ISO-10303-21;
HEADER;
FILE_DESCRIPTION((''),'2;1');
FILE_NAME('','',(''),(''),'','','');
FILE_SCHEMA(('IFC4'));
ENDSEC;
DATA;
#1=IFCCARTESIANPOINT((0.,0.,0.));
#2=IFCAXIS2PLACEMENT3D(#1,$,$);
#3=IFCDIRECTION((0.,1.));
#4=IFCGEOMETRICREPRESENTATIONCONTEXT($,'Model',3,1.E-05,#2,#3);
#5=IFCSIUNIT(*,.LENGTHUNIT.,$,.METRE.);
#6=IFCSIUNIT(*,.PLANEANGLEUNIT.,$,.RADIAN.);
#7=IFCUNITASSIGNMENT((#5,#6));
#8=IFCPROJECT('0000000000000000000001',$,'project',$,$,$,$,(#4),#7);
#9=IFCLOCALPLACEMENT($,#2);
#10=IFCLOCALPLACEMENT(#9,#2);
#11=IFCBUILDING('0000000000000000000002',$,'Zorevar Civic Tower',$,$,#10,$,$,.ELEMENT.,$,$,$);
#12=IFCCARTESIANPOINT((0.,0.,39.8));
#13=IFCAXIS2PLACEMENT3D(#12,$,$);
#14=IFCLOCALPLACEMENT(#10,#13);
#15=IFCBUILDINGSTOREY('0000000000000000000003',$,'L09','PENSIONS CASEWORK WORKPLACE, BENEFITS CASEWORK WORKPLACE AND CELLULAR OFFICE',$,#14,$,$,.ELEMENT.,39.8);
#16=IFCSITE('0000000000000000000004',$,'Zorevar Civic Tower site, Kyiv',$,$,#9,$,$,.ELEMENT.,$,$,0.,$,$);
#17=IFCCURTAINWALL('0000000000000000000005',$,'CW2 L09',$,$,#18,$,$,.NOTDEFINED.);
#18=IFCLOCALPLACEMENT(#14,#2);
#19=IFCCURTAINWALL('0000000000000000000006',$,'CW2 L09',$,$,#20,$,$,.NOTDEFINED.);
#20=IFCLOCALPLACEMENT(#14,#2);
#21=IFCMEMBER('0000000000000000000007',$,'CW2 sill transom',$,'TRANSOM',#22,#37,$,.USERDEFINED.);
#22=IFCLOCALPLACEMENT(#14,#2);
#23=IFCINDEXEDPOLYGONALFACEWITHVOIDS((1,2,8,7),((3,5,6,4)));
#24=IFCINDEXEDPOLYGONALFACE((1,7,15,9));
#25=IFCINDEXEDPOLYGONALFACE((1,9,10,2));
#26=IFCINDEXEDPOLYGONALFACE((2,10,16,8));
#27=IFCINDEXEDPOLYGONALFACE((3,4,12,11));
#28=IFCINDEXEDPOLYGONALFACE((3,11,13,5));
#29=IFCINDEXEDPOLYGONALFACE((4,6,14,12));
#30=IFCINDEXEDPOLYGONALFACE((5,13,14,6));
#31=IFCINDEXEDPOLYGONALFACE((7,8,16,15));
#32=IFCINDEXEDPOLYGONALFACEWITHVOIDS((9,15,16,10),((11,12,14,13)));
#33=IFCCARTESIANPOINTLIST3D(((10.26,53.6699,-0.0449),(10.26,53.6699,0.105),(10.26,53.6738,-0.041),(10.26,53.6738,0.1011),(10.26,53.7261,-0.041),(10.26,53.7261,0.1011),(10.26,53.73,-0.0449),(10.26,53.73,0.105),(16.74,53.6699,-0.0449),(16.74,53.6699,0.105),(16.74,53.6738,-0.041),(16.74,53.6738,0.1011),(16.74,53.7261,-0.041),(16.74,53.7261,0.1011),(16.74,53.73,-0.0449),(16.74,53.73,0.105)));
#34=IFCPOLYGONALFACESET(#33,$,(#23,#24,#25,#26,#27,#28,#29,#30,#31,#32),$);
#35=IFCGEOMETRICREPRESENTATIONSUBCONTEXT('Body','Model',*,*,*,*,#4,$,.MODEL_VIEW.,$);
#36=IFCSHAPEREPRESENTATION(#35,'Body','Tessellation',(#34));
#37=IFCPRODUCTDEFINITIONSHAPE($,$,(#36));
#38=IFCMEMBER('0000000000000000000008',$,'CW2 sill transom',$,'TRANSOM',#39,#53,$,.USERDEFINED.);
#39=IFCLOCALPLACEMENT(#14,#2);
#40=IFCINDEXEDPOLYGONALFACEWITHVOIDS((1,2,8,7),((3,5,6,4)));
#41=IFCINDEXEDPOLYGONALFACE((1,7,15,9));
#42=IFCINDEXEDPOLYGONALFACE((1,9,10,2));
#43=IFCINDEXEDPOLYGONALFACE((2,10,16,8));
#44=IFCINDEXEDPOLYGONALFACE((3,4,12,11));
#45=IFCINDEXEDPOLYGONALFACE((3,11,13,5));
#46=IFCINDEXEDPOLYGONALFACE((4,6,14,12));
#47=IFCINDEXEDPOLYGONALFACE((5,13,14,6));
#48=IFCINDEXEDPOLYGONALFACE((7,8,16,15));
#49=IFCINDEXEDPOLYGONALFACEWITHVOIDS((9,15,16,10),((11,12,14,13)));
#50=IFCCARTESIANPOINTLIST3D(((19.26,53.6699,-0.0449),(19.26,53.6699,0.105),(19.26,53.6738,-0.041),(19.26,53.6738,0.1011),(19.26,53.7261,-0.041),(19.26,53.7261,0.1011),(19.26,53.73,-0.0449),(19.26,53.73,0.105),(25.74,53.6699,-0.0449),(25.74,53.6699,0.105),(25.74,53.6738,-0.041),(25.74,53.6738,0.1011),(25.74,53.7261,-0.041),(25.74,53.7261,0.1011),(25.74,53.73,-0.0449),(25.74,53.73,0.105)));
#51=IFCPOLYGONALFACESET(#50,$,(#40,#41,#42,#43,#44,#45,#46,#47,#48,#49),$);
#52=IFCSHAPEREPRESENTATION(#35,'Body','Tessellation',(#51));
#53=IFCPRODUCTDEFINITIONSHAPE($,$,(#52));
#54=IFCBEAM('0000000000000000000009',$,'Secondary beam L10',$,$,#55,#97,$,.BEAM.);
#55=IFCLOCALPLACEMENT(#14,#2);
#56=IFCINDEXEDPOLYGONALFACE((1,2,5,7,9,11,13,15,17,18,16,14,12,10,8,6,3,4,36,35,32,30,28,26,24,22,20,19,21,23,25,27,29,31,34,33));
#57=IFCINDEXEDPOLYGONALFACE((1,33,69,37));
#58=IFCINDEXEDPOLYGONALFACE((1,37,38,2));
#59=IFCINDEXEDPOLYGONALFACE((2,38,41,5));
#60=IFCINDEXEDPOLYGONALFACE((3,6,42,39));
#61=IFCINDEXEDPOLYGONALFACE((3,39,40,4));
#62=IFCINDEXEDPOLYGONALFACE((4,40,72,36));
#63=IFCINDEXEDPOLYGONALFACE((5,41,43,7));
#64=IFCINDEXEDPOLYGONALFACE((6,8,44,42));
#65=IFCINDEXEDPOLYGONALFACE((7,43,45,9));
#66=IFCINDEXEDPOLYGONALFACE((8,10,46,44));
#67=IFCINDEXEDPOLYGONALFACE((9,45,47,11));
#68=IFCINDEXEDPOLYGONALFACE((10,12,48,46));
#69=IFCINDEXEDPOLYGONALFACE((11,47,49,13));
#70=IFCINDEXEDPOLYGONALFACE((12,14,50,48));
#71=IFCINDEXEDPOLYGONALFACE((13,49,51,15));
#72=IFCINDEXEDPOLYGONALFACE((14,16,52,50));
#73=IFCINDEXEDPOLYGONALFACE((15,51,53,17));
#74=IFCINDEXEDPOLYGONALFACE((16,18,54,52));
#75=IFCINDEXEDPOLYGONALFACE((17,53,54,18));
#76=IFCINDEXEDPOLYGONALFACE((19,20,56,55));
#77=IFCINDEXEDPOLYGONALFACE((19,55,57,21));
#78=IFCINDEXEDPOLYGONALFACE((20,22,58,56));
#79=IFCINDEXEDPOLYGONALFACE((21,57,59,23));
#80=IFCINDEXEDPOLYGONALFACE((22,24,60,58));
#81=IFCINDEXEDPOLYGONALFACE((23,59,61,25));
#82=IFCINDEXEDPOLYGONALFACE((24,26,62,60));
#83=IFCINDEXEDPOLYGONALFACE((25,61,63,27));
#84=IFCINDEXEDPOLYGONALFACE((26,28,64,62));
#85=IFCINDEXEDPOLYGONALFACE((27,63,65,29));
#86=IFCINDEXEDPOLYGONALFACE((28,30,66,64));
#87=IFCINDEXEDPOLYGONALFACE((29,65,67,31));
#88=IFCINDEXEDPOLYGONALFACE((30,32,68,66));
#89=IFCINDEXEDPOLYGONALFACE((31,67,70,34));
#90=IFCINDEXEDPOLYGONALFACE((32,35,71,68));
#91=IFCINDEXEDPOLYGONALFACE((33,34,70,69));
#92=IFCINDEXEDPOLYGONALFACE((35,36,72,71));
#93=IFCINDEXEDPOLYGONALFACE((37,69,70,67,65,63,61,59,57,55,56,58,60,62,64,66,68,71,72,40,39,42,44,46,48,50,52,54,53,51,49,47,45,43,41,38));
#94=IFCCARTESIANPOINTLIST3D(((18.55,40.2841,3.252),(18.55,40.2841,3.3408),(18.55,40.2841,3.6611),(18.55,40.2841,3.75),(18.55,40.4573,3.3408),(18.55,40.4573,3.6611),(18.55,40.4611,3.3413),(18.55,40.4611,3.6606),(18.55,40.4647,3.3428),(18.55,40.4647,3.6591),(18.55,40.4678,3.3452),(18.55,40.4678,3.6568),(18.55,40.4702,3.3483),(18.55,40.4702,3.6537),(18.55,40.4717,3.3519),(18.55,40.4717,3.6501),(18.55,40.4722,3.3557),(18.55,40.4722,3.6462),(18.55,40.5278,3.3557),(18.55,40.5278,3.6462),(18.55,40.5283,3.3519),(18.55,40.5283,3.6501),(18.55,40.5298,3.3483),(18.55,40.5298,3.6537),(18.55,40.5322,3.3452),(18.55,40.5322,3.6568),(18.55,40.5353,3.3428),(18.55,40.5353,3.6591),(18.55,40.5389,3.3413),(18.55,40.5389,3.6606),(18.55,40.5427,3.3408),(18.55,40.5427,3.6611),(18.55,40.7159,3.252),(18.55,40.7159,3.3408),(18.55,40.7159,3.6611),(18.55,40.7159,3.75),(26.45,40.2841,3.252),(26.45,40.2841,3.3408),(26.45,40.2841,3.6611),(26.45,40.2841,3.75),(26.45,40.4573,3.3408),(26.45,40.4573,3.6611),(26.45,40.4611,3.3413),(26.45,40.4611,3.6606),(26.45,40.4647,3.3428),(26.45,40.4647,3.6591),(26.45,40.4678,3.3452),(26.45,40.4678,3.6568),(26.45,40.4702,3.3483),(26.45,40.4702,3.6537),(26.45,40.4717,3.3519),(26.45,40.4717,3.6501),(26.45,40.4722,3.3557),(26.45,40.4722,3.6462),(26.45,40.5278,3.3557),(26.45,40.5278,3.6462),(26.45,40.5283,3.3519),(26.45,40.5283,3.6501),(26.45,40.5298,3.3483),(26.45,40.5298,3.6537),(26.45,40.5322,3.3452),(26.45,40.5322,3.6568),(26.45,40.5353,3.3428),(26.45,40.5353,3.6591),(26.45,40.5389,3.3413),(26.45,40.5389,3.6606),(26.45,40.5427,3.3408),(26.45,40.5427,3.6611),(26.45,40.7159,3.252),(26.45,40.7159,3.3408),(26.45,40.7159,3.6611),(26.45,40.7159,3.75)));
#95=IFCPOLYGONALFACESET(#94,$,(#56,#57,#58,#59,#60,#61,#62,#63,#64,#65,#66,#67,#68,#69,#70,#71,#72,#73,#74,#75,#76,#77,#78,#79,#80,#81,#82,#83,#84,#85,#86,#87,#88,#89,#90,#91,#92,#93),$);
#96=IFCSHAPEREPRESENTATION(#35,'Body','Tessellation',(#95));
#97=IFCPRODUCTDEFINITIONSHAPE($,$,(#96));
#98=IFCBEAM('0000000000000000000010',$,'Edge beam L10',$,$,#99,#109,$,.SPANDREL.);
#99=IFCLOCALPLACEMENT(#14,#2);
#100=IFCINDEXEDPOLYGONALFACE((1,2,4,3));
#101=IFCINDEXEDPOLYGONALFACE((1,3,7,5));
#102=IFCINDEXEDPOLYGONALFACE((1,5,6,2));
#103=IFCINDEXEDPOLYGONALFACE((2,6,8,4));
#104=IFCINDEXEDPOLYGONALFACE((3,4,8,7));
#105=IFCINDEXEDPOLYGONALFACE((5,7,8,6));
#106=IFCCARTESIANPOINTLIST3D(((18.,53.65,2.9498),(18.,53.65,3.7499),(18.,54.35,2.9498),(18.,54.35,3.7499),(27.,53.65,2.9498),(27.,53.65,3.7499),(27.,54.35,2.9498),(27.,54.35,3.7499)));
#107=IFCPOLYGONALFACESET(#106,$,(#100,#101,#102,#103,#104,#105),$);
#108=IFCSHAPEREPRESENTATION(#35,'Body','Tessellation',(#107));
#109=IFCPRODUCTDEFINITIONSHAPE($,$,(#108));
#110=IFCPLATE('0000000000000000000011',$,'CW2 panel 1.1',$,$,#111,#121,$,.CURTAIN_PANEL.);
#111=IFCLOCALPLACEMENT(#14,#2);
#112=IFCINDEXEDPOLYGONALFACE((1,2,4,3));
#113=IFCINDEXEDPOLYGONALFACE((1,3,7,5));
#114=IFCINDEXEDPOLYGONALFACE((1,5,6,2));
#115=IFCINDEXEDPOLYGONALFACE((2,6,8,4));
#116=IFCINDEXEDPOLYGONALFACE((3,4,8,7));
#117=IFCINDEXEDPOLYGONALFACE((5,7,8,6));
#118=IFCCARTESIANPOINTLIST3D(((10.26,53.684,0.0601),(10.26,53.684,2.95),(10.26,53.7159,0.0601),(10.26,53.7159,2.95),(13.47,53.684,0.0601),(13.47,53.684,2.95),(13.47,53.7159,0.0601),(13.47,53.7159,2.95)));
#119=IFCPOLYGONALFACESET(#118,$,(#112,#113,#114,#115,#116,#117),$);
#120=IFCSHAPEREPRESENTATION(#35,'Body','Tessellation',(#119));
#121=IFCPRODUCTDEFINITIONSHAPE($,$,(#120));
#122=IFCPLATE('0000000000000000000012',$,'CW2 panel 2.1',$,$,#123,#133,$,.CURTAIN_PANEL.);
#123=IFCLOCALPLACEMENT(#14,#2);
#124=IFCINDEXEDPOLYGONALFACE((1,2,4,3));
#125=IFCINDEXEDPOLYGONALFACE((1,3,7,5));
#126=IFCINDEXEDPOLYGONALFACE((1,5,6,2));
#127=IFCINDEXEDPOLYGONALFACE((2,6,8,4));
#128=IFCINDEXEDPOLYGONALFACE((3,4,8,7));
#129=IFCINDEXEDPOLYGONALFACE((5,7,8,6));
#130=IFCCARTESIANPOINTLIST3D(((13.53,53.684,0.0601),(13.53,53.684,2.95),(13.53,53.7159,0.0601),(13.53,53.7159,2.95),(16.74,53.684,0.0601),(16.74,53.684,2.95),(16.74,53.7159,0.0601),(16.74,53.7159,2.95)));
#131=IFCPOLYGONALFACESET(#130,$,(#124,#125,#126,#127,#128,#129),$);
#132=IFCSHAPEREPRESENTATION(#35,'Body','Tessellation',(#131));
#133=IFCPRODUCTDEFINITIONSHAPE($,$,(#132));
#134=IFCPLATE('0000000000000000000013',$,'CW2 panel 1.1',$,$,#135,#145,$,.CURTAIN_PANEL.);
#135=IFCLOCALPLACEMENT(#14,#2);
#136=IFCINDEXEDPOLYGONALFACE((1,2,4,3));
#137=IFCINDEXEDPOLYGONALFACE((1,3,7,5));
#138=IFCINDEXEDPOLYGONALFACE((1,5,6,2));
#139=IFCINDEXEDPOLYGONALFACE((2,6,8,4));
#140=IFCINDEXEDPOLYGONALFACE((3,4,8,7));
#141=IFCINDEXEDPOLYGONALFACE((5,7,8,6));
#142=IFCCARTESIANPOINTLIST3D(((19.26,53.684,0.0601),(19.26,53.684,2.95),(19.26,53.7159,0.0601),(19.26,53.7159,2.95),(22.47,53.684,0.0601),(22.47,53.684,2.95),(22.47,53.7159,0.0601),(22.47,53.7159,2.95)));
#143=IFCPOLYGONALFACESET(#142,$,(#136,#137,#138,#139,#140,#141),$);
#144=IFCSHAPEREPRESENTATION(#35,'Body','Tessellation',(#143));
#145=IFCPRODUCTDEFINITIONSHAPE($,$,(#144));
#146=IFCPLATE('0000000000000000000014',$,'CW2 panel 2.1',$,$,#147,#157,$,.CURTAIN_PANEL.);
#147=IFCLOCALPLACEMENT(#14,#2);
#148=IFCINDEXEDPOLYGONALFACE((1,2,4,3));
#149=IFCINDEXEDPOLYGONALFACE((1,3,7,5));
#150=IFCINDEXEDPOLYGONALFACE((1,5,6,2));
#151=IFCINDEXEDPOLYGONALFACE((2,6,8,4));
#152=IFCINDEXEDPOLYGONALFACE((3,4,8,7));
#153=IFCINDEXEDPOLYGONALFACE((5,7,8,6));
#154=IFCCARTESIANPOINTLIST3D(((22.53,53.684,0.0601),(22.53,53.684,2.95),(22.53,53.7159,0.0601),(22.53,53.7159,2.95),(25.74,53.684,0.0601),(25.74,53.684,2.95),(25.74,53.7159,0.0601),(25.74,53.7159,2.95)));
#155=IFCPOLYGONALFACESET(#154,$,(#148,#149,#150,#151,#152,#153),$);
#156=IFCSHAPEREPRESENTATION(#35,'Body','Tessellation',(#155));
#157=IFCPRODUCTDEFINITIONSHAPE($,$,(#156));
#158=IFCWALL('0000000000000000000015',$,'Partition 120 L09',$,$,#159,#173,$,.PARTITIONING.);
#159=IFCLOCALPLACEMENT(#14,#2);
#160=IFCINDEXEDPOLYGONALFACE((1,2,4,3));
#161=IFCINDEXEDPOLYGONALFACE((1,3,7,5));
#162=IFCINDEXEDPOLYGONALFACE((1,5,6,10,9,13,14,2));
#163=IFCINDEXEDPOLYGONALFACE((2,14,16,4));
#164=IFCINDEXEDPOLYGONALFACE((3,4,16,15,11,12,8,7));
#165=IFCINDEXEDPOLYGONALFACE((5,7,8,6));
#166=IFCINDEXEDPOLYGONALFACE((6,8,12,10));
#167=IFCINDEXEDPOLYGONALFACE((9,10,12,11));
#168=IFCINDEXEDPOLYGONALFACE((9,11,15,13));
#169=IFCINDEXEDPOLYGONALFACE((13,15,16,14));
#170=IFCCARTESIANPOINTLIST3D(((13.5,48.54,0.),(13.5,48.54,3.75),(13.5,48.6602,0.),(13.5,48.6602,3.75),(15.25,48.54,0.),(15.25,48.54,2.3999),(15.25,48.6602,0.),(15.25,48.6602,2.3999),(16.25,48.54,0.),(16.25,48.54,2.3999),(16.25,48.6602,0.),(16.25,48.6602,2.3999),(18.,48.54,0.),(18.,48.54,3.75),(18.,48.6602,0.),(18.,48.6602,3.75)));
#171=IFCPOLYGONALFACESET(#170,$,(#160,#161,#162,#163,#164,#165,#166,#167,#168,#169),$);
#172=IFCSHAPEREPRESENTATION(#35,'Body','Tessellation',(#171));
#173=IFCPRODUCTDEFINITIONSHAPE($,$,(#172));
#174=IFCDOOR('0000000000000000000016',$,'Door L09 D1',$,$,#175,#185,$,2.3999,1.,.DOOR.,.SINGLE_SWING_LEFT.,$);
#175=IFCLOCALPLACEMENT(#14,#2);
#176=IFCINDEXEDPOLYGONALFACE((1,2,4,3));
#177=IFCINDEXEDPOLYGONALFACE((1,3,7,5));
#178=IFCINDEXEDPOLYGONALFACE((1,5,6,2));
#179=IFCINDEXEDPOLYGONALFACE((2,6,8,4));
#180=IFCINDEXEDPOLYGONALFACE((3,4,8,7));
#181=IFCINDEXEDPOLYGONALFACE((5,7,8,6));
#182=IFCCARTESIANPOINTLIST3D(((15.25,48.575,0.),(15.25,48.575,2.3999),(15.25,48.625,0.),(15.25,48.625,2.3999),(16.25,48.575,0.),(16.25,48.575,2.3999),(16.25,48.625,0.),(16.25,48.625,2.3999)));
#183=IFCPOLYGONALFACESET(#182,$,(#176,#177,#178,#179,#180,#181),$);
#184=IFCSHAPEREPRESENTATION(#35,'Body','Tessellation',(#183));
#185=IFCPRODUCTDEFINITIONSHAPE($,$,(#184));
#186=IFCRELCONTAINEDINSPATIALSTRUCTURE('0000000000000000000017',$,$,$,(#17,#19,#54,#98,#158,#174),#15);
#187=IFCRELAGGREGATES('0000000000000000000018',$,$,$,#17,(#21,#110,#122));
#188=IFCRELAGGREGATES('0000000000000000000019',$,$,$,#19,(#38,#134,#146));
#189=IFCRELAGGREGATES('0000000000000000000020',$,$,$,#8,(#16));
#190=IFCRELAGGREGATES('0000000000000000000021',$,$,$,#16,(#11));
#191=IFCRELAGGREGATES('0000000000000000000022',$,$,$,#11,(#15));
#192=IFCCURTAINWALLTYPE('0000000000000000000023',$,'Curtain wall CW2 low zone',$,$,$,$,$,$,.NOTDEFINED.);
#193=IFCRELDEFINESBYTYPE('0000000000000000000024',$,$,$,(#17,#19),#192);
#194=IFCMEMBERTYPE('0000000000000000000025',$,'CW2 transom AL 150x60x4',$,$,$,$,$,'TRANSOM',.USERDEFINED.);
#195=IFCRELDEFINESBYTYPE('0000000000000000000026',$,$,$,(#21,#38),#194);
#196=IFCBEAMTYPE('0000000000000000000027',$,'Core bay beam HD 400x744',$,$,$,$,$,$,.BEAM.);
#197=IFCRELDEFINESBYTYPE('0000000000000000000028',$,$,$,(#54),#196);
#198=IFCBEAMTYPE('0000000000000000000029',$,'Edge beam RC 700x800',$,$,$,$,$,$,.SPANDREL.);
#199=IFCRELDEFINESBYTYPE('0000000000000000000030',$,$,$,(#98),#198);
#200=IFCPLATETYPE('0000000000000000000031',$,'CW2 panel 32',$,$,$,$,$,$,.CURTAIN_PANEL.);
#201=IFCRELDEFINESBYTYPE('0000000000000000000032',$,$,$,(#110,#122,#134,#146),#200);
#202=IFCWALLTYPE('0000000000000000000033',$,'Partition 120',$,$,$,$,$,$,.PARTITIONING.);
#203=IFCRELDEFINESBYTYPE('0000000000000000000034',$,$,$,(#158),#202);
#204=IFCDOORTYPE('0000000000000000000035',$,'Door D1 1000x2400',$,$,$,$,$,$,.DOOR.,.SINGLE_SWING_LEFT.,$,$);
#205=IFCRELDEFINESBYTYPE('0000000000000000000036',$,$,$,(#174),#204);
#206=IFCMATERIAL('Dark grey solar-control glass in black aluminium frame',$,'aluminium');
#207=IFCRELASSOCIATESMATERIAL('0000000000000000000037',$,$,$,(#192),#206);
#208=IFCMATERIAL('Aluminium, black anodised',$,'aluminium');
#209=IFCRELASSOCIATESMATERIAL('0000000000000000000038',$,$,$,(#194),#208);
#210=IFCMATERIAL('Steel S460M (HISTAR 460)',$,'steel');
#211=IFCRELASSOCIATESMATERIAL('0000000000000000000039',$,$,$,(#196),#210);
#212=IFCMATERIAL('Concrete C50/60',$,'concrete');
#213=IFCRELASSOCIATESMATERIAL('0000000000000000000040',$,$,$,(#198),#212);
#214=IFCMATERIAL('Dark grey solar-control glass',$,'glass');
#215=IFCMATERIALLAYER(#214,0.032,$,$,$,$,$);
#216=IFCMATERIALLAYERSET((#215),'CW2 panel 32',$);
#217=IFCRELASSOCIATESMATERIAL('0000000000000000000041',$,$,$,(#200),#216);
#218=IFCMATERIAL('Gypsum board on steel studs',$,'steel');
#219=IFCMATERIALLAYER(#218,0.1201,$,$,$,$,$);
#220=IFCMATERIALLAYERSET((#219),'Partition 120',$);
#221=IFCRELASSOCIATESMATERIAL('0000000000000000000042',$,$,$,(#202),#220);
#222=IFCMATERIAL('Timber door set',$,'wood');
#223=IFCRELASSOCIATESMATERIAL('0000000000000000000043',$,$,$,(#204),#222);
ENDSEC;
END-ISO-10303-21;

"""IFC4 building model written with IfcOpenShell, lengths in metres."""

from ifc_helpers import new_model, si_unit, direction, frame, frame_2d, origin, origin_2d, place, context, subcontext, project, spatial, rectangle, hollow_rectangle, i_section, extrude, material, layer, layer_set, material_profile, profile_set, type_object, element, fill, aggregate, save


model = new_model("IFC4")

# Units and contexts
model_context = context("Model", 3, precision=1e-05, world=origin(), true_north=direction((0.0, 1.0)))
body_context = subcontext(model_context, "Body", "Model", "MODEL_VIEW")
ifc_project = project(units=[si_unit("LENGTHUNIT", "METRE"), si_unit("PLANEANGLEUNIT", "RADIAN")], contexts=[model_context])

# Site, building, storey
site_placement = place(None, origin())
site = spatial("IfcSite", under=ifc_project, at=site_placement, Name="Zorevar Civic Tower site, Kyiv", CompositionType="ELEMENT", RefElevation=0.0)
building_placement = place(site_placement, origin())
building = spatial("IfcBuilding", under=site, at=building_placement, Name="Zorevar Civic Tower", CompositionType="ELEMENT")
storey_placement = place(building_placement, frame((0.0, 0.0, 39.8)))
storey = spatial("IfcBuildingStorey", under=building, at=storey_placement, Name="L09", Description="PENSIONS CASEWORK WORKPLACE, BENEFITS CASEWORK WORKPLACE AND CELLULAR OFFICE", CompositionType="ELEMENT", Elevation=39.8)

# Curtain walls
ifc_material_1 = material(Name="Dark grey solar-control glass in black aluminium frame", Category="aluminium")
curtain_wall_type = type_object("IfcCurtainWallType", Name="Curtain wall CW2 low zone", PredefinedType="NOTDEFINED", material=ifc_material_1)
curtain_wall_1_placement = place(storey_placement, origin())
curtain_wall_1 = element("IfcCurtainWall", 1, at=curtain_wall_1_placement, inside=storey, type_object=curtain_wall_type, Name="CW2 L09", PredefinedType="NOTDEFINED")
curtain_wall_2_placement = place(storey_placement, origin())
curtain_wall_2 = element("IfcCurtainWall", 2, at=curtain_wall_2_placement, inside=storey, type_object=curtain_wall_type, Name="CW2 L09", PredefinedType="NOTDEFINED")

# Members
ifc_material_2 = material(Name="Aluminium, black anodised", Category="aluminium")
ifc_material_profile_1 = material_profile(ifc_material_2, hollow_rectangle(XDim=0.0601, YDim=0.1499, WallThickness=0.0039, at=origin_2d()), Name="AL 150x60x4")
ifc_profile_set_1 = profile_set([ifc_material_profile_1], Name="Aluminium, black anodised")
member_type_1 = type_object("IfcMemberType", Name="CW2 transom AL 150x60x4", ElementType="TRANSOM", PredefinedType="USERDEFINED", material=ifc_profile_set_1)
member_1_placement = place(storey_placement, frame((10.26, 53.7, 0.03), z_axis=(1.0, 0.0, 0.0), x_axis=(0.0, 1.0, 0.0)))
member_1 = element("IfcMember", 3, at=member_1_placement, type_object=member_type_1, Name="CW2 sill transom", ObjectType="TRANSOM", PredefinedType="USERDEFINED", context=body_context, shape_type="SweptSolid", body=[
    extrude(hollow_rectangle(XDim=0.0601, YDim=0.1499, WallThickness=0.0039, at=origin_2d()), origin(), (0.0, 0.0, 1.0), 6.48),
])
member_2_placement = place(storey_placement, frame((19.26, 53.7, 0.03), z_axis=(1.0, 0.0, 0.0), x_axis=(0.0, 1.0, 0.0)))
member_2 = element("IfcMember", 4, at=member_2_placement, type_object=member_type_1, Name="CW2 sill transom", ObjectType="TRANSOM", PredefinedType="USERDEFINED", context=body_context, shape_type="SweptSolid", body=[
    extrude(hollow_rectangle(XDim=0.0601, YDim=0.1499, WallThickness=0.0039, at=origin_2d()), origin(), (0.0, 0.0, 1.0), 6.48),
])

# Beams
ifc_material_3 = material(Name="Steel S460M (HISTAR 460)", Category="steel")
ifc_material_profile_2 = material_profile(ifc_material_3, i_section(OverallWidth=0.4319, OverallDepth=0.498, WebThickness=0.0557, FlangeThickness=0.0889, FilletRadius=0.0149, at=origin_2d()), Name="HD 400x744")
ifc_profile_set_2 = profile_set([ifc_material_profile_2], Name="Steel S460M (HISTAR 460)")
beam_type_1 = type_object("IfcBeamType", Name="Core bay beam HD 400x744", PredefinedType="BEAM", material=ifc_profile_set_2)
beam_1_placement = place(storey_placement, frame((18.55, 40.5, 3.501), z_axis=(1.0, 0.0, 0.0), x_axis=(0.0, 1.0, 0.0)))
element("IfcBeam", 5, at=beam_1_placement, inside=storey, type_object=beam_type_1, Name="Secondary beam L10", PredefinedType="BEAM", context=body_context, shape_type="SweptSolid", body=[
    extrude(i_section(OverallWidth=0.4319, OverallDepth=0.498, WebThickness=0.0557, FlangeThickness=0.0889, FilletRadius=0.0149, at=origin_2d()), origin(), (0.0, 0.0, 1.0), 7.8999),
])
ifc_material_4 = material(Name="Concrete C50/60", Category="concrete")
ifc_material_profile_3 = material_profile(ifc_material_4, rectangle(XDim=0.7, YDim=0.8, at=origin_2d()), Name="RC 700x800")
ifc_profile_set_3 = profile_set([ifc_material_profile_3], Name="Concrete C50/60")
beam_type_2 = type_object("IfcBeamType", Name="Edge beam RC 700x800", PredefinedType="SPANDREL", material=ifc_profile_set_3)
beam_2_placement = place(storey_placement, frame((18.0, 54.0, 3.3499), z_axis=(1.0, 0.0, 0.0), x_axis=(0.0, 1.0, 0.0)))
element("IfcBeam", 6, at=beam_2_placement, inside=storey, type_object=beam_type_2, Name="Edge beam L10", PredefinedType="SPANDREL", context=body_context, shape_type="SweptSolid", body=[
    extrude(rectangle(XDim=0.7, YDim=0.8, at=origin_2d()), origin(), (0.0, 0.0, 1.0), 9.0),
])

# Plates
ifc_material_5 = material(Name="Dark grey solar-control glass", Category="glass")
ifc_layer_1 = layer(ifc_material_5, 0.032)
ifc_layer_set_1 = layer_set([ifc_layer_1], Name="CW2 panel 32")
plate_type = type_object("IfcPlateType", Name="CW2 panel 32", PredefinedType="CURTAIN_PANEL", material=ifc_layer_set_1)
plate_1_placement = place(storey_placement, frame((11.865, 53.7, 0.0601), z_axis=(0.0, 0.0, 1.0), x_axis=(1.0, 0.0, 0.0)))
plate_1 = element("IfcPlate", 7, at=plate_1_placement, type_object=plate_type, Name="CW2 panel 1.1", PredefinedType="CURTAIN_PANEL", context=body_context, shape_type="SweptSolid", body=[
    extrude(rectangle(XDim=3.21, YDim=0.032, at=origin_2d()), origin(), (0.0, 0.0, 1.0), 2.8899),
])
plate_2_placement = place(storey_placement, frame((15.135, 53.7, 0.0601), z_axis=(0.0, 0.0, 1.0), x_axis=(1.0, 0.0, 0.0)))
plate_2 = element("IfcPlate", 8, at=plate_2_placement, type_object=plate_type, Name="CW2 panel 2.1", PredefinedType="CURTAIN_PANEL", context=body_context, shape_type="SweptSolid", body=[
    extrude(rectangle(XDim=3.21, YDim=0.032, at=origin_2d()), origin(), (0.0, 0.0, 1.0), 2.8899),
])
aggregate(curtain_wall_1, [member_1, plate_1, plate_2])
plate_3_placement = place(storey_placement, frame((20.865, 53.7, 0.0601), z_axis=(0.0, 0.0, 1.0), x_axis=(1.0, 0.0, 0.0)))
plate_3 = element("IfcPlate", 9, at=plate_3_placement, type_object=plate_type, Name="CW2 panel 1.1", PredefinedType="CURTAIN_PANEL", context=body_context, shape_type="SweptSolid", body=[
    extrude(rectangle(XDim=3.21, YDim=0.032, at=origin_2d()), origin(), (0.0, 0.0, 1.0), 2.8899),
])
plate_4_placement = place(storey_placement, frame((24.135, 53.7, 0.0601), z_axis=(0.0, 0.0, 1.0), x_axis=(1.0, 0.0, 0.0)))
plate_4 = element("IfcPlate", 10, at=plate_4_placement, type_object=plate_type, Name="CW2 panel 2.1", PredefinedType="CURTAIN_PANEL", context=body_context, shape_type="SweptSolid", body=[
    extrude(rectangle(XDim=3.21, YDim=0.032, at=origin_2d()), origin(), (0.0, 0.0, 1.0), 2.8899),
])
aggregate(curtain_wall_2, [member_2, plate_3, plate_4])

# Wall, opening, door
ifc_material_6 = material(Name="Gypsum board on steel studs", Category="steel")
ifc_layer_2 = layer(ifc_material_6, 0.1201)
ifc_layer_set_2 = layer_set([ifc_layer_2], Name="Partition 120")
wall_type = type_object("IfcWallType", Name="Partition 120", PredefinedType="PARTITIONING", material=ifc_layer_set_2)
wall_1_placement = place(storey_placement, frame((13.5, 48.6001, 0.0), z_axis=(0.0, 0.0, 1.0), x_axis=(1.0, 0.0, 0.0)))
wall_1 = element("IfcWall", 11, at=wall_1_placement, inside=storey, type_object=wall_type, Name="Partition 120 L09", PredefinedType="PARTITIONING", context=body_context, shape_type="SweptSolid", body=[
    extrude(rectangle(XDim=4.5, YDim=0.1201, at=frame_2d((2.25, 0.0))), origin(), (0.0, 0.0, 1.0), 3.75),
])
opening_1_placement = place(wall_1_placement, frame((1.75, 0.0, 0.0)))
opening_1 = element("IfcOpeningElement", 12, at=opening_1_placement, cuts=wall_1, PredefinedType="OPENING", context=body_context, shape_type="SweptSolid", body=[
    extrude(rectangle(XDim=1.0, YDim=2.3999, at=frame_2d((0.5, 1.2))), frame((0.0, 0.0701, 0.0), z_axis=(0.0, -1.0, 0.0), x_axis=(1.0, 0.0, 0.0)), (0.0, 0.0, 1.0), 0.1401),
])
ifc_material_7 = material(Name="Timber door set", Category="wood")
door_type = type_object("IfcDoorType", Name="Door D1 1000x2400", OperationType="SINGLE_SWING_LEFT", PredefinedType="DOOR", material=ifc_material_7)
door_1_placement = place(opening_1_placement, origin())
door_1 = element("IfcDoor", 13, at=door_1_placement, inside=storey, type_object=door_type, Name="Door L09 D1", OperationType="SINGLE_SWING_LEFT", OverallHeight=2.3999, OverallWidth=1.0, PredefinedType="DOOR", context=body_context, shape_type="SweptSolid", body=[
    extrude(rectangle(XDim=1.0, YDim=2.3999, at=frame_2d((0.5, 1.2))), frame((0.0, 0.0249, 0.0), z_axis=(0.0, -1.0, 0.0), x_axis=(1.0, 0.0, 0.0)), (0.0, 0.0, 1.0), 0.05),
])
fill(opening_1, door_1)

save(model, "model.ifc")
